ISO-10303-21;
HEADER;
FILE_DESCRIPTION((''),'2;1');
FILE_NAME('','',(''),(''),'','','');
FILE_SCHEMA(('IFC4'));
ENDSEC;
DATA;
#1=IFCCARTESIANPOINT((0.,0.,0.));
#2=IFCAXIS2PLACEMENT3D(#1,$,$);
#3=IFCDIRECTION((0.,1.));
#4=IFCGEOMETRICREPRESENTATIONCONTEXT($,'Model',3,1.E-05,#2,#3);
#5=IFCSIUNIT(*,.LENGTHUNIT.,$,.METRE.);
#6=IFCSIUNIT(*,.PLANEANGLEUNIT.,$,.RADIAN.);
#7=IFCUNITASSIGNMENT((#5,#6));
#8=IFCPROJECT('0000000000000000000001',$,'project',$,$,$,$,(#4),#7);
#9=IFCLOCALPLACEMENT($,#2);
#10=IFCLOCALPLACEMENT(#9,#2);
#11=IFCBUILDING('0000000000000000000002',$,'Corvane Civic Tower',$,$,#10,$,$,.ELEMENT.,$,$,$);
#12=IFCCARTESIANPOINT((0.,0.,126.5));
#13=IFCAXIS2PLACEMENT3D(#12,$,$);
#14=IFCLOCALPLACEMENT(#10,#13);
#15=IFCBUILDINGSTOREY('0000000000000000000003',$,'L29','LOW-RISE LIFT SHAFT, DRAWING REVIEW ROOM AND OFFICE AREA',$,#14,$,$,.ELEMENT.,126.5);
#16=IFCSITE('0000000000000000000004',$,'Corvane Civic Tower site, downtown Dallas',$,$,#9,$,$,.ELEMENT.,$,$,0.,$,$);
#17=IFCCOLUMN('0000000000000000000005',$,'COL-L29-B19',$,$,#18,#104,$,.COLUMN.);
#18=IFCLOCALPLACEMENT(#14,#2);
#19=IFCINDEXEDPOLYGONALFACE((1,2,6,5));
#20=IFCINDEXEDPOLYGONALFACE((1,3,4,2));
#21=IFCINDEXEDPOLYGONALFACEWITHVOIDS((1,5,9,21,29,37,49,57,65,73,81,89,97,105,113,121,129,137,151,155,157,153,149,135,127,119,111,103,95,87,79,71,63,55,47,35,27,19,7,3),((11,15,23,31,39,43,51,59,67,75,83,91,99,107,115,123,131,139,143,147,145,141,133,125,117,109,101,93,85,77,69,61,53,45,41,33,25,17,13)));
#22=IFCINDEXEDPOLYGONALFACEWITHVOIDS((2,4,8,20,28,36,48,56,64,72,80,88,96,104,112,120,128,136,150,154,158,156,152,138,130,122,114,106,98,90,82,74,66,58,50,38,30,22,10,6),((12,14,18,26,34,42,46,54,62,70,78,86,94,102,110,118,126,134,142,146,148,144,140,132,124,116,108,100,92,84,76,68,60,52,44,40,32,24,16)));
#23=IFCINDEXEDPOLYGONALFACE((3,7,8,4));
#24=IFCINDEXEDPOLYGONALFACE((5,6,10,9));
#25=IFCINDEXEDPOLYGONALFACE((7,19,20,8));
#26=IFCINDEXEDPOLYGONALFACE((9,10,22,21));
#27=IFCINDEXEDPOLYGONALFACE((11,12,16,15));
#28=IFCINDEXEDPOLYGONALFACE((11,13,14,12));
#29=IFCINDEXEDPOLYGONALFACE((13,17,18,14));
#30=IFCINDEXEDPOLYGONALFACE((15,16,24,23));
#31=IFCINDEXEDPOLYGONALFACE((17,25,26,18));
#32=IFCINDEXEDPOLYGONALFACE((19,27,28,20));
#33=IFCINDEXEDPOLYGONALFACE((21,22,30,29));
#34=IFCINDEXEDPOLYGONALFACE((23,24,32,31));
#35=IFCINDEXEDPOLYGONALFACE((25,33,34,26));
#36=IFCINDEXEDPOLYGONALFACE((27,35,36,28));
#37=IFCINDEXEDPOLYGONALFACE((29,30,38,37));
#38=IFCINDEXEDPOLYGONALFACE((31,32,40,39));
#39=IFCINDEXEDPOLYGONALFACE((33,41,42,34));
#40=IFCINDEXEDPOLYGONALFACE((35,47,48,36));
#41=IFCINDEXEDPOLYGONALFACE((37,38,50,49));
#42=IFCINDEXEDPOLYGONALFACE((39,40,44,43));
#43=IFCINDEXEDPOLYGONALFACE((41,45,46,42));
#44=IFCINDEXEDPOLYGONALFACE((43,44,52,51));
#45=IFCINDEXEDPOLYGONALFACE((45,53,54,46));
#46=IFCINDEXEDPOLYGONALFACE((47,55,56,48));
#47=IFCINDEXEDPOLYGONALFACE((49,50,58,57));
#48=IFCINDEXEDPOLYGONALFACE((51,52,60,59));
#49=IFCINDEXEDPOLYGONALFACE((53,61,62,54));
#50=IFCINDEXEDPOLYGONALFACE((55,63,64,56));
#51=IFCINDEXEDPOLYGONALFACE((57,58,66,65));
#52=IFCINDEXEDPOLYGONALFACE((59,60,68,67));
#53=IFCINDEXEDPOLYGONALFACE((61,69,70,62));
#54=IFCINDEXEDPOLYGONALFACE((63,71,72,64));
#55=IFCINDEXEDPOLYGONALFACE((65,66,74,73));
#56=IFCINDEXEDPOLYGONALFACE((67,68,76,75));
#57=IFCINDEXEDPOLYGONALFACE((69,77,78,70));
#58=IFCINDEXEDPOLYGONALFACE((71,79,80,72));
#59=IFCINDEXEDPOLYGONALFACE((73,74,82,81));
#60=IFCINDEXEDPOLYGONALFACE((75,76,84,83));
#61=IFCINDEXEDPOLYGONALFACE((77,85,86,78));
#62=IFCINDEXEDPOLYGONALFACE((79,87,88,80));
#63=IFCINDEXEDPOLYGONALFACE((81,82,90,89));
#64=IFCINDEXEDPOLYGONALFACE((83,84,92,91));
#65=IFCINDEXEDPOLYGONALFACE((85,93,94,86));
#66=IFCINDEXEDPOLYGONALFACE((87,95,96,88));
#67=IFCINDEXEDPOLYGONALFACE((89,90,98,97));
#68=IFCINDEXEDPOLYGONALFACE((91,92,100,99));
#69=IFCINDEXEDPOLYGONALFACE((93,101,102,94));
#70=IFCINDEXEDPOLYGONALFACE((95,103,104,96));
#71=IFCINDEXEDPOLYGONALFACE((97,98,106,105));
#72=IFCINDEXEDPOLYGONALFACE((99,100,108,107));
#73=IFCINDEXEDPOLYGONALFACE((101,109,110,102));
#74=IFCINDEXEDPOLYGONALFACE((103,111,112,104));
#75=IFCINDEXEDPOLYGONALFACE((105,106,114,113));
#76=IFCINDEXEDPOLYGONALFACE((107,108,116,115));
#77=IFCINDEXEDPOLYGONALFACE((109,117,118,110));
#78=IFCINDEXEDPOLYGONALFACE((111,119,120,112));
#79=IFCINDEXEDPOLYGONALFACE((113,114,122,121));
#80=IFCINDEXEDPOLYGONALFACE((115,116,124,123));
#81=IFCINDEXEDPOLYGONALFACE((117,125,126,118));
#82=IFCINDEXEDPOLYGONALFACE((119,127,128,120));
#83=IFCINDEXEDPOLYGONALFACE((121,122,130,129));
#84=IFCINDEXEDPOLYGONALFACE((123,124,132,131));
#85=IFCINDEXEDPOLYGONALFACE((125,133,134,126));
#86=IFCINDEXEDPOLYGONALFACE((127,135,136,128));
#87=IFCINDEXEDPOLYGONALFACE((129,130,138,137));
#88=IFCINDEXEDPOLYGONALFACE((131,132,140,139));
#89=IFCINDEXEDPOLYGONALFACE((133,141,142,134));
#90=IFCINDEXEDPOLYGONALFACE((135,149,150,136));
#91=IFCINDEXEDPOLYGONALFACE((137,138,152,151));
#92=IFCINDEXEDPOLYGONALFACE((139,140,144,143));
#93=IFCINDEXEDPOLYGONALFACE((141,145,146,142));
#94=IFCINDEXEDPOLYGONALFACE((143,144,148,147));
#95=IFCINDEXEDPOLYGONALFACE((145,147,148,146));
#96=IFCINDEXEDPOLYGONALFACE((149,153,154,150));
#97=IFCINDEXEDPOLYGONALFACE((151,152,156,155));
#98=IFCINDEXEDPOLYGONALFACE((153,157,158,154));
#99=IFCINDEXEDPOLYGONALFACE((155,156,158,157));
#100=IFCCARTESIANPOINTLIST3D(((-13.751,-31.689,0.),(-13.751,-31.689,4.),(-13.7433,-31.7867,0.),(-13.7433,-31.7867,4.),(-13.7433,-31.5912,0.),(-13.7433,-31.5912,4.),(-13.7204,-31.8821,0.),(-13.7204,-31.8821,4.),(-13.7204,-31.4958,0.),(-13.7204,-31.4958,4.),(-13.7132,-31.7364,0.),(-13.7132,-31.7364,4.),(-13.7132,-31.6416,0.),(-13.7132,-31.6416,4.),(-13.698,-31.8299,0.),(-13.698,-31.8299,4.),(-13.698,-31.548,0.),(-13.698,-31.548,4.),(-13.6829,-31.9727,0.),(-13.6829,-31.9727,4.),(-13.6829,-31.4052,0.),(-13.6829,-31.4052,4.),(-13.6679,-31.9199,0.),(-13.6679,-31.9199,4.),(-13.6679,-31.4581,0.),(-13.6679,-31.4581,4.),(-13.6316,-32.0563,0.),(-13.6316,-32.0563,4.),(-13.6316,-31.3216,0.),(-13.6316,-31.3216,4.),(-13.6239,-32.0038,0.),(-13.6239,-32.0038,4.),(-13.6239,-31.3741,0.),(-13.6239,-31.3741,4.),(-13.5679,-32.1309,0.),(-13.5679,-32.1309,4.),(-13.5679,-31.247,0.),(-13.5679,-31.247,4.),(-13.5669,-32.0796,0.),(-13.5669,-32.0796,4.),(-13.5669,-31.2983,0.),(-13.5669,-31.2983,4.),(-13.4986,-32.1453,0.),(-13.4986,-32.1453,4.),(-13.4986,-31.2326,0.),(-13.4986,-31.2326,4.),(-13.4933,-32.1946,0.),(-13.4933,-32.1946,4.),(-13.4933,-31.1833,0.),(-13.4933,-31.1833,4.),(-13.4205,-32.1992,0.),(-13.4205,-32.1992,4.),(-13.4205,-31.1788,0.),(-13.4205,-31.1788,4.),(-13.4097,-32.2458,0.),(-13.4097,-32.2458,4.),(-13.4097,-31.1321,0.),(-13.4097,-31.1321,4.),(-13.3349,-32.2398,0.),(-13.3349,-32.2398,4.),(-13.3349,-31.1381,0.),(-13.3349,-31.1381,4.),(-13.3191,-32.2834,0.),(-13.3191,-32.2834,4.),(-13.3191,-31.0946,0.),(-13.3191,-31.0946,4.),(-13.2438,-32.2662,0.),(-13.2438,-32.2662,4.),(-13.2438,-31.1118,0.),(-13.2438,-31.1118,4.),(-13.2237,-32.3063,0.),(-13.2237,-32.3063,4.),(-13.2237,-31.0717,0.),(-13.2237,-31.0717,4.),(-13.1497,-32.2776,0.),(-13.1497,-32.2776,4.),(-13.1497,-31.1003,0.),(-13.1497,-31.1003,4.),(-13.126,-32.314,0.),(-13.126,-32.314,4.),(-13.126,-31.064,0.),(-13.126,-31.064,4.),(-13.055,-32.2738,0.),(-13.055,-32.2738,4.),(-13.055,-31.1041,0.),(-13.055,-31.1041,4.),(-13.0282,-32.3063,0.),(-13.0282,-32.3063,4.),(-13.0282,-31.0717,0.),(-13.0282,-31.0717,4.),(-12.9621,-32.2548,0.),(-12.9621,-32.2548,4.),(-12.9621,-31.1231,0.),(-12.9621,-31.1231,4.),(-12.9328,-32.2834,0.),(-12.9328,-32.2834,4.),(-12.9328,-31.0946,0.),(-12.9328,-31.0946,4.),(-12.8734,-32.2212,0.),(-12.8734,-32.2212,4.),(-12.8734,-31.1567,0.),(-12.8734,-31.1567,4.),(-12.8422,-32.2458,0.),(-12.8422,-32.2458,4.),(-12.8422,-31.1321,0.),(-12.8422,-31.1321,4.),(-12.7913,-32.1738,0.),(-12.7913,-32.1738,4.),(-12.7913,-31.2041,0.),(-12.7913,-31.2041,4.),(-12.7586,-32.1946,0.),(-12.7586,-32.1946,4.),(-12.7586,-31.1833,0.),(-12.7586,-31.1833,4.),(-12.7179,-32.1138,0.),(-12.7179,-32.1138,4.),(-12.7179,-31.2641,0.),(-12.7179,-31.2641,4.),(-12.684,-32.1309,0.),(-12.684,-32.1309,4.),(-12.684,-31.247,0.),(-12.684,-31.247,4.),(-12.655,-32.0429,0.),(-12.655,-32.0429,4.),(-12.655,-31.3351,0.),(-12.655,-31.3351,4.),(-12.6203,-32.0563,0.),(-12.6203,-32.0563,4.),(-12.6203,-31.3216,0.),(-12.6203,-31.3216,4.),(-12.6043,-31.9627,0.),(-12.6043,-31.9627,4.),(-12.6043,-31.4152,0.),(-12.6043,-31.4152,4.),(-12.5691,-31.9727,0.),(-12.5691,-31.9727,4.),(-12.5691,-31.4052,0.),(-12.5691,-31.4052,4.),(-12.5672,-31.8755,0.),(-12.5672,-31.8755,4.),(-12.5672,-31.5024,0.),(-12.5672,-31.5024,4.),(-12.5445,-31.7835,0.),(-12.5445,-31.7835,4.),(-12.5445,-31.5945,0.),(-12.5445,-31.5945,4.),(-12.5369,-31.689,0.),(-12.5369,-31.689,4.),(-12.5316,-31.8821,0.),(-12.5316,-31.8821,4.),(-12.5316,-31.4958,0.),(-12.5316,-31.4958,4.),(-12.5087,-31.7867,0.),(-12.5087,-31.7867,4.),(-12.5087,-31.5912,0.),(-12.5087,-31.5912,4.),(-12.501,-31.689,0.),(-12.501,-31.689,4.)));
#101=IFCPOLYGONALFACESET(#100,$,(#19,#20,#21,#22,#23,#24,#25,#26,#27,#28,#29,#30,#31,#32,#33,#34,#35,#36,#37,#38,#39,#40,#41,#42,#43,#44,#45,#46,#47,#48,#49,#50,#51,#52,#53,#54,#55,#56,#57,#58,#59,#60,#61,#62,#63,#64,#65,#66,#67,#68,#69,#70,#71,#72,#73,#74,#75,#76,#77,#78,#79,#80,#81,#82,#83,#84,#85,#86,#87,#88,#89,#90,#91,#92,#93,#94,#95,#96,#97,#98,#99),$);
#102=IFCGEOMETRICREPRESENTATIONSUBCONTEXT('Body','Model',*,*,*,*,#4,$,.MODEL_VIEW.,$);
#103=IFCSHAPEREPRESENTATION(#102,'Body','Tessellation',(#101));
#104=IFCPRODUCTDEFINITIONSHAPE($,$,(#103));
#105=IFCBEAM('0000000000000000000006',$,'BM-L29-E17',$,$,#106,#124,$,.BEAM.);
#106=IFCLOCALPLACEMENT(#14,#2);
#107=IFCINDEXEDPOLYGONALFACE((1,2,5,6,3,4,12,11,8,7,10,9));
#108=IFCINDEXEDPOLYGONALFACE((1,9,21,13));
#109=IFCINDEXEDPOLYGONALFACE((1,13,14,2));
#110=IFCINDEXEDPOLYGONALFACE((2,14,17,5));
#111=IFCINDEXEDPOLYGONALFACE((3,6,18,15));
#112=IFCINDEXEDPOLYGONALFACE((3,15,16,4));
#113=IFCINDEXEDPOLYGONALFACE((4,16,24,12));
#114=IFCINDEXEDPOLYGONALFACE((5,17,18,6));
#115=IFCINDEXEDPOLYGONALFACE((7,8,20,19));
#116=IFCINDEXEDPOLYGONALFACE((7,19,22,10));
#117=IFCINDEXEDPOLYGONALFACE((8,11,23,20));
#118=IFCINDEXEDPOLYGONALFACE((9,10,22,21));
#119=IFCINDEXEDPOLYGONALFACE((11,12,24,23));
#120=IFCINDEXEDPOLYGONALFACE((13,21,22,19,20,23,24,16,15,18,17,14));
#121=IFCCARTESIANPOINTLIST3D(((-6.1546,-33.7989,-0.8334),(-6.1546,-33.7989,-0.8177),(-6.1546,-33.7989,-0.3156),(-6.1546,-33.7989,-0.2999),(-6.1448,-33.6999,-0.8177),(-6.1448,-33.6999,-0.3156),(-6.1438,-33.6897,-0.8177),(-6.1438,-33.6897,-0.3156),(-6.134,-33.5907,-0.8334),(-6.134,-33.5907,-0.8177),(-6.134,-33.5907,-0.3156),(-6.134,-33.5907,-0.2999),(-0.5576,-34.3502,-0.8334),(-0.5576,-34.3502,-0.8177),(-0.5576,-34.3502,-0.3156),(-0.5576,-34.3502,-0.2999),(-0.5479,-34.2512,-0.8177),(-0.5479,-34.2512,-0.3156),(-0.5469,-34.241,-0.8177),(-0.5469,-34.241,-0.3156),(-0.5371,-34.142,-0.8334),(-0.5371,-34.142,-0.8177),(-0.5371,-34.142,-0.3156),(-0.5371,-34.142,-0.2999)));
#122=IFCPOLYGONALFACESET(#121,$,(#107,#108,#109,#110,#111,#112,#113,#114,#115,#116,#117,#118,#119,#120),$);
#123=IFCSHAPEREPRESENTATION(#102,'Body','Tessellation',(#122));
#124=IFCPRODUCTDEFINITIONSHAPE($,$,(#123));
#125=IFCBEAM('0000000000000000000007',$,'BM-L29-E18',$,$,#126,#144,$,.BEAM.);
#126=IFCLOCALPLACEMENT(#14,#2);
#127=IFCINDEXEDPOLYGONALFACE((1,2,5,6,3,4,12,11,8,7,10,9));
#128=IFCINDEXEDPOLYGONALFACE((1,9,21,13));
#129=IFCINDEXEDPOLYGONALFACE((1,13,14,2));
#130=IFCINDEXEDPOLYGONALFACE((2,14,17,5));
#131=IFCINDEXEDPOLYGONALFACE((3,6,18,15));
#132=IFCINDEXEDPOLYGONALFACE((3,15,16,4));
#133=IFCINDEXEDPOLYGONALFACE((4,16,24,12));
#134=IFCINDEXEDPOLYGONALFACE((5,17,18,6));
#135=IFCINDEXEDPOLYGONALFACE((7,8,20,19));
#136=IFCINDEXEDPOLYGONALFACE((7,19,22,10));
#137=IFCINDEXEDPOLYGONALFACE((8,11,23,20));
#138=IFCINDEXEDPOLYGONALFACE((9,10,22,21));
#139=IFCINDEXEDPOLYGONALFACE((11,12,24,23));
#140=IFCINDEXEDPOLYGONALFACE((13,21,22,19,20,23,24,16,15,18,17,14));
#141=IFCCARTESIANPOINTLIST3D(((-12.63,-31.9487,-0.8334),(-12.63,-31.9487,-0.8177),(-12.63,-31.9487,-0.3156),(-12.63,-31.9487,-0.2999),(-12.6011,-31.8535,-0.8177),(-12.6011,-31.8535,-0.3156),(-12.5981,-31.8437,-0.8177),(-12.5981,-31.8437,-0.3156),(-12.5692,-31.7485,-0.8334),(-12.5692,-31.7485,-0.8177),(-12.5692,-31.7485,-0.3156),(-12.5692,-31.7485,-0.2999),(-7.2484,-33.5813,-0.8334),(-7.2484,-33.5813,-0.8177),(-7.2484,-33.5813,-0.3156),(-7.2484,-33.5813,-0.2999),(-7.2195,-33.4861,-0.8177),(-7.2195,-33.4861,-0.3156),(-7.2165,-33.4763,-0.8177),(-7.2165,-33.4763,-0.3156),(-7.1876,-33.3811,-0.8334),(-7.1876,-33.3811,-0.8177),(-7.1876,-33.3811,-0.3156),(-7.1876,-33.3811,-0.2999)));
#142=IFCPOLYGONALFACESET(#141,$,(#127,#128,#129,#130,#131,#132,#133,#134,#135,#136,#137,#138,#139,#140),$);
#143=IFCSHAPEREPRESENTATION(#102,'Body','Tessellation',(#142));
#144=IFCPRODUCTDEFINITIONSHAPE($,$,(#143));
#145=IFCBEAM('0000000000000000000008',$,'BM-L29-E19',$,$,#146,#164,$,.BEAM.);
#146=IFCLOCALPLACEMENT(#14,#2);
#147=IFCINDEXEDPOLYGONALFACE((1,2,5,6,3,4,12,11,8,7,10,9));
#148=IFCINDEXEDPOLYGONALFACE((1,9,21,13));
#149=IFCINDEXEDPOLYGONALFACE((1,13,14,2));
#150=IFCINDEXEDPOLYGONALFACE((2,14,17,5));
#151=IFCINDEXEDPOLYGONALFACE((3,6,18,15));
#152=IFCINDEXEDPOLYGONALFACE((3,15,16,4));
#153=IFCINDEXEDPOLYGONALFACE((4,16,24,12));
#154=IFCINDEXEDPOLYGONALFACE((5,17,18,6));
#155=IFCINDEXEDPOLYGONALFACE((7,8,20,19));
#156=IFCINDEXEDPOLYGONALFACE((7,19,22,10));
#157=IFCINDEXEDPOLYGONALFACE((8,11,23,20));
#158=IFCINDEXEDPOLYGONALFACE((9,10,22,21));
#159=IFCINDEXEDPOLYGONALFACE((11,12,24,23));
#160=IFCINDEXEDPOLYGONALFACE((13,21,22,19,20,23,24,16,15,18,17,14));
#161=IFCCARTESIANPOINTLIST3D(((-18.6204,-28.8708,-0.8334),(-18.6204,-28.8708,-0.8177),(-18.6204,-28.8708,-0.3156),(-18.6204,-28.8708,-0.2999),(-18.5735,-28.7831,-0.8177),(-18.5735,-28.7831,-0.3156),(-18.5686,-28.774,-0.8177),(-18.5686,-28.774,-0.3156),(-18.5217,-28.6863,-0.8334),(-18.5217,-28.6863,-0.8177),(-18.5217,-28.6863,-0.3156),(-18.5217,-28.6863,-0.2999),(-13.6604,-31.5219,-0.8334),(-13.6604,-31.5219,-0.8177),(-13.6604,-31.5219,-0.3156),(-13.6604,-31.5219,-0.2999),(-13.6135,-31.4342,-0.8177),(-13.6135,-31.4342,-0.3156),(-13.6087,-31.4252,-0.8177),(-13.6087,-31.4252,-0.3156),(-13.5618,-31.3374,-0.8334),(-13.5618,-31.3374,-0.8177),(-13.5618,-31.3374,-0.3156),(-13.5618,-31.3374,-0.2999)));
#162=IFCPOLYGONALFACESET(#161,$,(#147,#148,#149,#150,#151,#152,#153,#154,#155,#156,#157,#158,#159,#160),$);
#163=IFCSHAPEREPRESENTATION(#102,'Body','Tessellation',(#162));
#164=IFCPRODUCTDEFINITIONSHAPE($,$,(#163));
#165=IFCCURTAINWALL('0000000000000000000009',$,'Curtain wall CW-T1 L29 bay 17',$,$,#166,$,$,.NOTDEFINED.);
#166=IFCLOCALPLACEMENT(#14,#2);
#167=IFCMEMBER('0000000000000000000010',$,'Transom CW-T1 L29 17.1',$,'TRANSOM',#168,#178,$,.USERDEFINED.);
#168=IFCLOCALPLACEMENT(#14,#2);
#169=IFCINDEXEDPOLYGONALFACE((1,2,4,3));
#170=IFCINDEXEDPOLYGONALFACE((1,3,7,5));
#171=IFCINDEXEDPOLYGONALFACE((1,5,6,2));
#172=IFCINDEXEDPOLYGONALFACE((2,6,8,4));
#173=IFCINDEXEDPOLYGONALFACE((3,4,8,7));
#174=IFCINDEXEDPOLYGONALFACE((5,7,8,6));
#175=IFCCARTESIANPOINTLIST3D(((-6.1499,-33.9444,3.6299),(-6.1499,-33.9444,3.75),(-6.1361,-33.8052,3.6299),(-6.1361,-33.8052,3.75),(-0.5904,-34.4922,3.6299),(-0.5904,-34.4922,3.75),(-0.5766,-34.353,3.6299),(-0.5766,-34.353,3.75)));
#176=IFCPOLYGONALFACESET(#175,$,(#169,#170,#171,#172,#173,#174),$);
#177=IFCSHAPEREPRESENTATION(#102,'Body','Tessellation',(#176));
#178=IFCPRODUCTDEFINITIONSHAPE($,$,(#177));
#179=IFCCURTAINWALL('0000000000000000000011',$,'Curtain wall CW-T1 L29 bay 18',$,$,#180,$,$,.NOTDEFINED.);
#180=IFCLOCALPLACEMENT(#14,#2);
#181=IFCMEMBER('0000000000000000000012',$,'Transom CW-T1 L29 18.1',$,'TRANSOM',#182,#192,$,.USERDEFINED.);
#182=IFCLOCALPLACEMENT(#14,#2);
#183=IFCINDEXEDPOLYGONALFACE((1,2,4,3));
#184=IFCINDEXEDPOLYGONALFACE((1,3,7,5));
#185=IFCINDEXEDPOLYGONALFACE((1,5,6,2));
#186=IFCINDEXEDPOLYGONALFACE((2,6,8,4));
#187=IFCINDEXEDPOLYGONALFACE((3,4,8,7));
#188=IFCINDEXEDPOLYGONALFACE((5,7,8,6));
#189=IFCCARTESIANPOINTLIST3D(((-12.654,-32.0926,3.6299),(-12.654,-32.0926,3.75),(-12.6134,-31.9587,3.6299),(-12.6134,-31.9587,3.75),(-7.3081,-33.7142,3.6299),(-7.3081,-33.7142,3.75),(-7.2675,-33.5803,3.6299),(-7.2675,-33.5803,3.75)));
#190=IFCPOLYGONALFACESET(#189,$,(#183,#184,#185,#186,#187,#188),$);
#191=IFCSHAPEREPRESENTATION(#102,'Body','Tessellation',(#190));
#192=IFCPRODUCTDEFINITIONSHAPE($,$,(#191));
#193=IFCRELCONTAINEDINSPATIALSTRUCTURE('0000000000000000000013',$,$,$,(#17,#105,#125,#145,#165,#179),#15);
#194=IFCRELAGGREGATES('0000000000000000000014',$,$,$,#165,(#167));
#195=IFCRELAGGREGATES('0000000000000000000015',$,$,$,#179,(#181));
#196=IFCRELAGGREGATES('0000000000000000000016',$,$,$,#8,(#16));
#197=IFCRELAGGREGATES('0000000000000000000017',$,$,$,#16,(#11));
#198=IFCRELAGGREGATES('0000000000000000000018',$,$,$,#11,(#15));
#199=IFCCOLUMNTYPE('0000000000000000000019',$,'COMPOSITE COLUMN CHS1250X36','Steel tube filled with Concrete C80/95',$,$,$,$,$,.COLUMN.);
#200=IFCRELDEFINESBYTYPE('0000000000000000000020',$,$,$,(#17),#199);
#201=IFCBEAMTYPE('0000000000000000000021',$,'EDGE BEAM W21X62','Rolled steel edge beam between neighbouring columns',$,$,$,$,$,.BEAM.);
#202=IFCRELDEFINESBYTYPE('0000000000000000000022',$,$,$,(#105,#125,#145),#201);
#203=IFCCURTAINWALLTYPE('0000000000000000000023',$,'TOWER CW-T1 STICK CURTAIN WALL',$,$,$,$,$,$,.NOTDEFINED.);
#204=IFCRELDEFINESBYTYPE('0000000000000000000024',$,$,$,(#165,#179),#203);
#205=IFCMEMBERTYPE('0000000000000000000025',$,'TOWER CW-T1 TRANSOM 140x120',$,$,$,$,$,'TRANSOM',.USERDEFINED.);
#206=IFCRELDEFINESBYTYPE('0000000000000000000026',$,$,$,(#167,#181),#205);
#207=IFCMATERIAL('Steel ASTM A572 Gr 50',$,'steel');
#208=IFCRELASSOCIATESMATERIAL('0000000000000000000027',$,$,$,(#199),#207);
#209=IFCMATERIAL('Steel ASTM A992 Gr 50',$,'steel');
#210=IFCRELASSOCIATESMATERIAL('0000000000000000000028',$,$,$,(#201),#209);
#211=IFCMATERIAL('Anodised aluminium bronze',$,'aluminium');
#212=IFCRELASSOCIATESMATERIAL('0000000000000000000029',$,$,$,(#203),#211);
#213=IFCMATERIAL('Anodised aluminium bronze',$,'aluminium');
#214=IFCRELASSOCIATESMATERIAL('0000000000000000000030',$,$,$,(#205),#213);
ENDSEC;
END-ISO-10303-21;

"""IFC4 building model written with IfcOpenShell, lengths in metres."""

from ifc_helpers import new_model, si_unit, direction, frame, origin, origin_2d, place, context, subcontext, project, spatial, rectangle, hollow_circle, i_section, extrude, material, material_profile, profile_set, type_object, element, aggregate, save


model = new_model("IFC4")

# Units and contexts
model_context = context("Model", 3, precision=1e-05, world=origin(), true_north=direction((0.0, 1.0)))
body_context = subcontext(model_context, "Body", "Model", "MODEL_VIEW")
ifc_project = project(units=[si_unit("LENGTHUNIT", "METRE"), si_unit("PLANEANGLEUNIT", "RADIAN")], contexts=[model_context])

# Site, building, storey
site_placement = place(None, origin())
site = spatial("IfcSite", under=ifc_project, at=site_placement, Name="Corvane Civic Tower site, downtown Dallas", CompositionType="ELEMENT", RefElevation=0.0)
building_placement = place(site_placement, origin())
building = spatial("IfcBuilding", under=site, at=building_placement, Name="Corvane Civic Tower", CompositionType="ELEMENT")
storey_placement = place(building_placement, frame((0.0, 0.0, 126.5)))
storey = spatial("IfcBuildingStorey", under=building, at=storey_placement, Name="L29", Description="LOW-RISE LIFT SHAFT, DRAWING REVIEW ROOM AND OFFICE AREA", CompositionType="ELEMENT", Elevation=126.5)

# Column
ifc_material_1 = material(Name="Steel ASTM A572 Gr 50", Category="steel")
ifc_material_profile_1 = material_profile(ifc_material_1, hollow_circle(Radius=0.625, WallThickness=0.0359, at=origin_2d()), Name="CHS1250X36")
ifc_profile_set_1 = profile_set([ifc_material_profile_1], Name="Steel ASTM A572 Gr 50")
column_type = type_object("IfcColumnType", Name="COMPOSITE COLUMN CHS1250X36", Description="Steel tube filled with Concrete C80/95", PredefinedType="COLUMN", material=ifc_profile_set_1)
for number, where, z_axis, x_axis, name in (
    (1, (-13.126, -31.689, 0.0), (0.0, 0.0, 1.0), (1.0, 0.0, 0.0), "COL-L29-B19"),
):
    element("IfcColumn", number, at=place(storey_placement, frame(where, z_axis=z_axis, x_axis=x_axis)), inside=storey, type_object=column_type, Name=name, PredefinedType="COLUMN", context=body_context, shape_type="SweptSolid", body=[
        extrude(hollow_circle(Radius=0.625, WallThickness=0.0359, at=origin_2d()), origin(), (0.0, 0.0, 1.0), 4.0),
    ])

# Beams
ifc_material_2 = material(Name="Steel ASTM A992 Gr 50", Category="steel")
ifc_material_profile_2 = material_profile(ifc_material_2, i_section(OverallWidth=0.2092, OverallDepth=0.5334, WebThickness=0.0103, FlangeThickness=0.0156, at=origin_2d()), Name="W21X62")
ifc_profile_set_2 = profile_set([ifc_material_profile_2], Name="Steel ASTM A992 Gr 50")
beam_type = type_object("IfcBeamType", Name="EDGE BEAM W21X62", Description="Rolled steel edge beam between neighbouring columns", PredefinedType="BEAM", material=ifc_profile_set_2)
beam_1_placement = place(storey_placement, frame((-0.5474, -34.2461, -0.5667), z_axis=(-0.995184, 0.098021, 0.0), x_axis=(-0.098021, -0.995184, 0.0)))
element("IfcBeam", 2, at=beam_1_placement, inside=storey, type_object=beam_type, Name="BM-L29-E17", PredefinedType="BEAM", context=body_context, shape_type="SweptSolid", body=[
    extrude(i_section(OverallWidth=0.2092, OverallDepth=0.5334, WebThickness=0.0103, FlangeThickness=0.0156, at=origin_2d()), origin(), (0.0, 0.0, 1.0), 5.624),
])
beam_2_placement = place(storey_placement, frame((-7.218, -33.4812, -0.5667), z_axis=(-0.956936, 0.290298, 0.0), x_axis=(-0.290298, -0.956936, 0.0)))
element("IfcBeam", 3, at=beam_2_placement, inside=storey, type_object=beam_type, Name="BM-L29-E18", PredefinedType="BEAM", context=body_context, shape_type="SweptSolid", body=[
    extrude(i_section(OverallWidth=0.2092, OverallDepth=0.5334, WebThickness=0.0103, FlangeThickness=0.0156, at=origin_2d()), origin(), (0.0, 0.0, 1.0), 5.6238),
])
beam_3_placement = place(storey_placement, frame((-13.6111, -31.4297, -0.5667), z_axis=(-0.881924, 0.471392, 0.0), x_axis=(-0.471392, -0.881924, 0.0)))
element("IfcBeam", 4, at=beam_3_placement, inside=storey, type_object=beam_type, Name="BM-L29-E19", PredefinedType="BEAM", context=body_context, shape_type="SweptSolid", body=[
    extrude(i_section(OverallWidth=0.2092, OverallDepth=0.5334, WebThickness=0.0103, FlangeThickness=0.0156, at=origin_2d()), origin(), (0.0, 0.0, 1.0), 5.624),
])

# Curtain walls, members
ifc_material_3 = material(Name="Anodised aluminium bronze", Category="aluminium")
curtain_wall_type = type_object("IfcCurtainWallType", Name="TOWER CW-T1 STICK CURTAIN WALL", PredefinedType="NOTDEFINED", material=ifc_material_3)
curtain_wall_1_placement = place(storey_placement, origin())
curtain_wall_1 = element("IfcCurtainWall", 5, at=curtain_wall_1_placement, inside=storey, type_object=curtain_wall_type, Name="Curtain wall CW-T1 L29 bay 17", PredefinedType="NOTDEFINED")
ifc_material_4 = material(Name="Anodised aluminium bronze", Category="aluminium")
ifc_material_profile_3 = material_profile(ifc_material_4, rectangle(XDim=0.1399, YDim=0.1201, at=origin_2d()), Name="TOWER CW-T1 TRANSOM 140x120")
ifc_profile_set_3 = profile_set([ifc_material_profile_3], Name="Anodised aluminium bronze")
member_type = type_object("IfcMemberType", Name="TOWER CW-T1 TRANSOM 140x120", ElementType="TRANSOM", PredefinedType="USERDEFINED", material=ifc_profile_set_3)
member_1_placement = place(storey_placement, frame((-0.5835, -34.4226, 3.6899), z_axis=(-0.99518, 0.098067, 0.0), x_axis=(-0.098067, -0.99518, 0.0)))
member_1 = element("IfcMember", 6, at=member_1_placement, type_object=member_type, Name="Transom CW-T1 L29 17.1", ObjectType="TRANSOM", PredefinedType="USERDEFINED", context=body_context, shape_type="SweptSolid", body=[
    extrude(rectangle(XDim=0.1399, YDim=0.1201, at=origin_2d()), origin(), (0.0, 0.0, 1.0), 5.5864),
])
curtain_wall_2_placement = place(storey_placement, origin())
curtain_wall_2 = element("IfcCurtainWall", 7, at=curtain_wall_2_placement, inside=storey, type_object=curtain_wall_type, Name="Curtain wall CW-T1 L29 bay 18", PredefinedType="NOTDEFINED")
member_2_placement = place(storey_placement, frame((-7.2878, -33.6472, 3.6899), z_axis=(-0.956945, 0.290269, 0.0), x_axis=(-0.290269, -0.956945, 0.0)))
member_2 = element("IfcMember", 8, at=member_2_placement, type_object=member_type, Name="Transom CW-T1 L29 18.1", ObjectType="TRANSOM", PredefinedType="USERDEFINED", context=body_context, shape_type="SweptSolid", body=[
    extrude(rectangle(XDim=0.1399, YDim=0.1201, at=origin_2d()), origin(), (0.0, 0.0, 1.0), 5.5864),
])

aggregate(curtain_wall_1, [member_1])
aggregate(curtain_wall_2, [member_2])

save(model, "model.ifc")
